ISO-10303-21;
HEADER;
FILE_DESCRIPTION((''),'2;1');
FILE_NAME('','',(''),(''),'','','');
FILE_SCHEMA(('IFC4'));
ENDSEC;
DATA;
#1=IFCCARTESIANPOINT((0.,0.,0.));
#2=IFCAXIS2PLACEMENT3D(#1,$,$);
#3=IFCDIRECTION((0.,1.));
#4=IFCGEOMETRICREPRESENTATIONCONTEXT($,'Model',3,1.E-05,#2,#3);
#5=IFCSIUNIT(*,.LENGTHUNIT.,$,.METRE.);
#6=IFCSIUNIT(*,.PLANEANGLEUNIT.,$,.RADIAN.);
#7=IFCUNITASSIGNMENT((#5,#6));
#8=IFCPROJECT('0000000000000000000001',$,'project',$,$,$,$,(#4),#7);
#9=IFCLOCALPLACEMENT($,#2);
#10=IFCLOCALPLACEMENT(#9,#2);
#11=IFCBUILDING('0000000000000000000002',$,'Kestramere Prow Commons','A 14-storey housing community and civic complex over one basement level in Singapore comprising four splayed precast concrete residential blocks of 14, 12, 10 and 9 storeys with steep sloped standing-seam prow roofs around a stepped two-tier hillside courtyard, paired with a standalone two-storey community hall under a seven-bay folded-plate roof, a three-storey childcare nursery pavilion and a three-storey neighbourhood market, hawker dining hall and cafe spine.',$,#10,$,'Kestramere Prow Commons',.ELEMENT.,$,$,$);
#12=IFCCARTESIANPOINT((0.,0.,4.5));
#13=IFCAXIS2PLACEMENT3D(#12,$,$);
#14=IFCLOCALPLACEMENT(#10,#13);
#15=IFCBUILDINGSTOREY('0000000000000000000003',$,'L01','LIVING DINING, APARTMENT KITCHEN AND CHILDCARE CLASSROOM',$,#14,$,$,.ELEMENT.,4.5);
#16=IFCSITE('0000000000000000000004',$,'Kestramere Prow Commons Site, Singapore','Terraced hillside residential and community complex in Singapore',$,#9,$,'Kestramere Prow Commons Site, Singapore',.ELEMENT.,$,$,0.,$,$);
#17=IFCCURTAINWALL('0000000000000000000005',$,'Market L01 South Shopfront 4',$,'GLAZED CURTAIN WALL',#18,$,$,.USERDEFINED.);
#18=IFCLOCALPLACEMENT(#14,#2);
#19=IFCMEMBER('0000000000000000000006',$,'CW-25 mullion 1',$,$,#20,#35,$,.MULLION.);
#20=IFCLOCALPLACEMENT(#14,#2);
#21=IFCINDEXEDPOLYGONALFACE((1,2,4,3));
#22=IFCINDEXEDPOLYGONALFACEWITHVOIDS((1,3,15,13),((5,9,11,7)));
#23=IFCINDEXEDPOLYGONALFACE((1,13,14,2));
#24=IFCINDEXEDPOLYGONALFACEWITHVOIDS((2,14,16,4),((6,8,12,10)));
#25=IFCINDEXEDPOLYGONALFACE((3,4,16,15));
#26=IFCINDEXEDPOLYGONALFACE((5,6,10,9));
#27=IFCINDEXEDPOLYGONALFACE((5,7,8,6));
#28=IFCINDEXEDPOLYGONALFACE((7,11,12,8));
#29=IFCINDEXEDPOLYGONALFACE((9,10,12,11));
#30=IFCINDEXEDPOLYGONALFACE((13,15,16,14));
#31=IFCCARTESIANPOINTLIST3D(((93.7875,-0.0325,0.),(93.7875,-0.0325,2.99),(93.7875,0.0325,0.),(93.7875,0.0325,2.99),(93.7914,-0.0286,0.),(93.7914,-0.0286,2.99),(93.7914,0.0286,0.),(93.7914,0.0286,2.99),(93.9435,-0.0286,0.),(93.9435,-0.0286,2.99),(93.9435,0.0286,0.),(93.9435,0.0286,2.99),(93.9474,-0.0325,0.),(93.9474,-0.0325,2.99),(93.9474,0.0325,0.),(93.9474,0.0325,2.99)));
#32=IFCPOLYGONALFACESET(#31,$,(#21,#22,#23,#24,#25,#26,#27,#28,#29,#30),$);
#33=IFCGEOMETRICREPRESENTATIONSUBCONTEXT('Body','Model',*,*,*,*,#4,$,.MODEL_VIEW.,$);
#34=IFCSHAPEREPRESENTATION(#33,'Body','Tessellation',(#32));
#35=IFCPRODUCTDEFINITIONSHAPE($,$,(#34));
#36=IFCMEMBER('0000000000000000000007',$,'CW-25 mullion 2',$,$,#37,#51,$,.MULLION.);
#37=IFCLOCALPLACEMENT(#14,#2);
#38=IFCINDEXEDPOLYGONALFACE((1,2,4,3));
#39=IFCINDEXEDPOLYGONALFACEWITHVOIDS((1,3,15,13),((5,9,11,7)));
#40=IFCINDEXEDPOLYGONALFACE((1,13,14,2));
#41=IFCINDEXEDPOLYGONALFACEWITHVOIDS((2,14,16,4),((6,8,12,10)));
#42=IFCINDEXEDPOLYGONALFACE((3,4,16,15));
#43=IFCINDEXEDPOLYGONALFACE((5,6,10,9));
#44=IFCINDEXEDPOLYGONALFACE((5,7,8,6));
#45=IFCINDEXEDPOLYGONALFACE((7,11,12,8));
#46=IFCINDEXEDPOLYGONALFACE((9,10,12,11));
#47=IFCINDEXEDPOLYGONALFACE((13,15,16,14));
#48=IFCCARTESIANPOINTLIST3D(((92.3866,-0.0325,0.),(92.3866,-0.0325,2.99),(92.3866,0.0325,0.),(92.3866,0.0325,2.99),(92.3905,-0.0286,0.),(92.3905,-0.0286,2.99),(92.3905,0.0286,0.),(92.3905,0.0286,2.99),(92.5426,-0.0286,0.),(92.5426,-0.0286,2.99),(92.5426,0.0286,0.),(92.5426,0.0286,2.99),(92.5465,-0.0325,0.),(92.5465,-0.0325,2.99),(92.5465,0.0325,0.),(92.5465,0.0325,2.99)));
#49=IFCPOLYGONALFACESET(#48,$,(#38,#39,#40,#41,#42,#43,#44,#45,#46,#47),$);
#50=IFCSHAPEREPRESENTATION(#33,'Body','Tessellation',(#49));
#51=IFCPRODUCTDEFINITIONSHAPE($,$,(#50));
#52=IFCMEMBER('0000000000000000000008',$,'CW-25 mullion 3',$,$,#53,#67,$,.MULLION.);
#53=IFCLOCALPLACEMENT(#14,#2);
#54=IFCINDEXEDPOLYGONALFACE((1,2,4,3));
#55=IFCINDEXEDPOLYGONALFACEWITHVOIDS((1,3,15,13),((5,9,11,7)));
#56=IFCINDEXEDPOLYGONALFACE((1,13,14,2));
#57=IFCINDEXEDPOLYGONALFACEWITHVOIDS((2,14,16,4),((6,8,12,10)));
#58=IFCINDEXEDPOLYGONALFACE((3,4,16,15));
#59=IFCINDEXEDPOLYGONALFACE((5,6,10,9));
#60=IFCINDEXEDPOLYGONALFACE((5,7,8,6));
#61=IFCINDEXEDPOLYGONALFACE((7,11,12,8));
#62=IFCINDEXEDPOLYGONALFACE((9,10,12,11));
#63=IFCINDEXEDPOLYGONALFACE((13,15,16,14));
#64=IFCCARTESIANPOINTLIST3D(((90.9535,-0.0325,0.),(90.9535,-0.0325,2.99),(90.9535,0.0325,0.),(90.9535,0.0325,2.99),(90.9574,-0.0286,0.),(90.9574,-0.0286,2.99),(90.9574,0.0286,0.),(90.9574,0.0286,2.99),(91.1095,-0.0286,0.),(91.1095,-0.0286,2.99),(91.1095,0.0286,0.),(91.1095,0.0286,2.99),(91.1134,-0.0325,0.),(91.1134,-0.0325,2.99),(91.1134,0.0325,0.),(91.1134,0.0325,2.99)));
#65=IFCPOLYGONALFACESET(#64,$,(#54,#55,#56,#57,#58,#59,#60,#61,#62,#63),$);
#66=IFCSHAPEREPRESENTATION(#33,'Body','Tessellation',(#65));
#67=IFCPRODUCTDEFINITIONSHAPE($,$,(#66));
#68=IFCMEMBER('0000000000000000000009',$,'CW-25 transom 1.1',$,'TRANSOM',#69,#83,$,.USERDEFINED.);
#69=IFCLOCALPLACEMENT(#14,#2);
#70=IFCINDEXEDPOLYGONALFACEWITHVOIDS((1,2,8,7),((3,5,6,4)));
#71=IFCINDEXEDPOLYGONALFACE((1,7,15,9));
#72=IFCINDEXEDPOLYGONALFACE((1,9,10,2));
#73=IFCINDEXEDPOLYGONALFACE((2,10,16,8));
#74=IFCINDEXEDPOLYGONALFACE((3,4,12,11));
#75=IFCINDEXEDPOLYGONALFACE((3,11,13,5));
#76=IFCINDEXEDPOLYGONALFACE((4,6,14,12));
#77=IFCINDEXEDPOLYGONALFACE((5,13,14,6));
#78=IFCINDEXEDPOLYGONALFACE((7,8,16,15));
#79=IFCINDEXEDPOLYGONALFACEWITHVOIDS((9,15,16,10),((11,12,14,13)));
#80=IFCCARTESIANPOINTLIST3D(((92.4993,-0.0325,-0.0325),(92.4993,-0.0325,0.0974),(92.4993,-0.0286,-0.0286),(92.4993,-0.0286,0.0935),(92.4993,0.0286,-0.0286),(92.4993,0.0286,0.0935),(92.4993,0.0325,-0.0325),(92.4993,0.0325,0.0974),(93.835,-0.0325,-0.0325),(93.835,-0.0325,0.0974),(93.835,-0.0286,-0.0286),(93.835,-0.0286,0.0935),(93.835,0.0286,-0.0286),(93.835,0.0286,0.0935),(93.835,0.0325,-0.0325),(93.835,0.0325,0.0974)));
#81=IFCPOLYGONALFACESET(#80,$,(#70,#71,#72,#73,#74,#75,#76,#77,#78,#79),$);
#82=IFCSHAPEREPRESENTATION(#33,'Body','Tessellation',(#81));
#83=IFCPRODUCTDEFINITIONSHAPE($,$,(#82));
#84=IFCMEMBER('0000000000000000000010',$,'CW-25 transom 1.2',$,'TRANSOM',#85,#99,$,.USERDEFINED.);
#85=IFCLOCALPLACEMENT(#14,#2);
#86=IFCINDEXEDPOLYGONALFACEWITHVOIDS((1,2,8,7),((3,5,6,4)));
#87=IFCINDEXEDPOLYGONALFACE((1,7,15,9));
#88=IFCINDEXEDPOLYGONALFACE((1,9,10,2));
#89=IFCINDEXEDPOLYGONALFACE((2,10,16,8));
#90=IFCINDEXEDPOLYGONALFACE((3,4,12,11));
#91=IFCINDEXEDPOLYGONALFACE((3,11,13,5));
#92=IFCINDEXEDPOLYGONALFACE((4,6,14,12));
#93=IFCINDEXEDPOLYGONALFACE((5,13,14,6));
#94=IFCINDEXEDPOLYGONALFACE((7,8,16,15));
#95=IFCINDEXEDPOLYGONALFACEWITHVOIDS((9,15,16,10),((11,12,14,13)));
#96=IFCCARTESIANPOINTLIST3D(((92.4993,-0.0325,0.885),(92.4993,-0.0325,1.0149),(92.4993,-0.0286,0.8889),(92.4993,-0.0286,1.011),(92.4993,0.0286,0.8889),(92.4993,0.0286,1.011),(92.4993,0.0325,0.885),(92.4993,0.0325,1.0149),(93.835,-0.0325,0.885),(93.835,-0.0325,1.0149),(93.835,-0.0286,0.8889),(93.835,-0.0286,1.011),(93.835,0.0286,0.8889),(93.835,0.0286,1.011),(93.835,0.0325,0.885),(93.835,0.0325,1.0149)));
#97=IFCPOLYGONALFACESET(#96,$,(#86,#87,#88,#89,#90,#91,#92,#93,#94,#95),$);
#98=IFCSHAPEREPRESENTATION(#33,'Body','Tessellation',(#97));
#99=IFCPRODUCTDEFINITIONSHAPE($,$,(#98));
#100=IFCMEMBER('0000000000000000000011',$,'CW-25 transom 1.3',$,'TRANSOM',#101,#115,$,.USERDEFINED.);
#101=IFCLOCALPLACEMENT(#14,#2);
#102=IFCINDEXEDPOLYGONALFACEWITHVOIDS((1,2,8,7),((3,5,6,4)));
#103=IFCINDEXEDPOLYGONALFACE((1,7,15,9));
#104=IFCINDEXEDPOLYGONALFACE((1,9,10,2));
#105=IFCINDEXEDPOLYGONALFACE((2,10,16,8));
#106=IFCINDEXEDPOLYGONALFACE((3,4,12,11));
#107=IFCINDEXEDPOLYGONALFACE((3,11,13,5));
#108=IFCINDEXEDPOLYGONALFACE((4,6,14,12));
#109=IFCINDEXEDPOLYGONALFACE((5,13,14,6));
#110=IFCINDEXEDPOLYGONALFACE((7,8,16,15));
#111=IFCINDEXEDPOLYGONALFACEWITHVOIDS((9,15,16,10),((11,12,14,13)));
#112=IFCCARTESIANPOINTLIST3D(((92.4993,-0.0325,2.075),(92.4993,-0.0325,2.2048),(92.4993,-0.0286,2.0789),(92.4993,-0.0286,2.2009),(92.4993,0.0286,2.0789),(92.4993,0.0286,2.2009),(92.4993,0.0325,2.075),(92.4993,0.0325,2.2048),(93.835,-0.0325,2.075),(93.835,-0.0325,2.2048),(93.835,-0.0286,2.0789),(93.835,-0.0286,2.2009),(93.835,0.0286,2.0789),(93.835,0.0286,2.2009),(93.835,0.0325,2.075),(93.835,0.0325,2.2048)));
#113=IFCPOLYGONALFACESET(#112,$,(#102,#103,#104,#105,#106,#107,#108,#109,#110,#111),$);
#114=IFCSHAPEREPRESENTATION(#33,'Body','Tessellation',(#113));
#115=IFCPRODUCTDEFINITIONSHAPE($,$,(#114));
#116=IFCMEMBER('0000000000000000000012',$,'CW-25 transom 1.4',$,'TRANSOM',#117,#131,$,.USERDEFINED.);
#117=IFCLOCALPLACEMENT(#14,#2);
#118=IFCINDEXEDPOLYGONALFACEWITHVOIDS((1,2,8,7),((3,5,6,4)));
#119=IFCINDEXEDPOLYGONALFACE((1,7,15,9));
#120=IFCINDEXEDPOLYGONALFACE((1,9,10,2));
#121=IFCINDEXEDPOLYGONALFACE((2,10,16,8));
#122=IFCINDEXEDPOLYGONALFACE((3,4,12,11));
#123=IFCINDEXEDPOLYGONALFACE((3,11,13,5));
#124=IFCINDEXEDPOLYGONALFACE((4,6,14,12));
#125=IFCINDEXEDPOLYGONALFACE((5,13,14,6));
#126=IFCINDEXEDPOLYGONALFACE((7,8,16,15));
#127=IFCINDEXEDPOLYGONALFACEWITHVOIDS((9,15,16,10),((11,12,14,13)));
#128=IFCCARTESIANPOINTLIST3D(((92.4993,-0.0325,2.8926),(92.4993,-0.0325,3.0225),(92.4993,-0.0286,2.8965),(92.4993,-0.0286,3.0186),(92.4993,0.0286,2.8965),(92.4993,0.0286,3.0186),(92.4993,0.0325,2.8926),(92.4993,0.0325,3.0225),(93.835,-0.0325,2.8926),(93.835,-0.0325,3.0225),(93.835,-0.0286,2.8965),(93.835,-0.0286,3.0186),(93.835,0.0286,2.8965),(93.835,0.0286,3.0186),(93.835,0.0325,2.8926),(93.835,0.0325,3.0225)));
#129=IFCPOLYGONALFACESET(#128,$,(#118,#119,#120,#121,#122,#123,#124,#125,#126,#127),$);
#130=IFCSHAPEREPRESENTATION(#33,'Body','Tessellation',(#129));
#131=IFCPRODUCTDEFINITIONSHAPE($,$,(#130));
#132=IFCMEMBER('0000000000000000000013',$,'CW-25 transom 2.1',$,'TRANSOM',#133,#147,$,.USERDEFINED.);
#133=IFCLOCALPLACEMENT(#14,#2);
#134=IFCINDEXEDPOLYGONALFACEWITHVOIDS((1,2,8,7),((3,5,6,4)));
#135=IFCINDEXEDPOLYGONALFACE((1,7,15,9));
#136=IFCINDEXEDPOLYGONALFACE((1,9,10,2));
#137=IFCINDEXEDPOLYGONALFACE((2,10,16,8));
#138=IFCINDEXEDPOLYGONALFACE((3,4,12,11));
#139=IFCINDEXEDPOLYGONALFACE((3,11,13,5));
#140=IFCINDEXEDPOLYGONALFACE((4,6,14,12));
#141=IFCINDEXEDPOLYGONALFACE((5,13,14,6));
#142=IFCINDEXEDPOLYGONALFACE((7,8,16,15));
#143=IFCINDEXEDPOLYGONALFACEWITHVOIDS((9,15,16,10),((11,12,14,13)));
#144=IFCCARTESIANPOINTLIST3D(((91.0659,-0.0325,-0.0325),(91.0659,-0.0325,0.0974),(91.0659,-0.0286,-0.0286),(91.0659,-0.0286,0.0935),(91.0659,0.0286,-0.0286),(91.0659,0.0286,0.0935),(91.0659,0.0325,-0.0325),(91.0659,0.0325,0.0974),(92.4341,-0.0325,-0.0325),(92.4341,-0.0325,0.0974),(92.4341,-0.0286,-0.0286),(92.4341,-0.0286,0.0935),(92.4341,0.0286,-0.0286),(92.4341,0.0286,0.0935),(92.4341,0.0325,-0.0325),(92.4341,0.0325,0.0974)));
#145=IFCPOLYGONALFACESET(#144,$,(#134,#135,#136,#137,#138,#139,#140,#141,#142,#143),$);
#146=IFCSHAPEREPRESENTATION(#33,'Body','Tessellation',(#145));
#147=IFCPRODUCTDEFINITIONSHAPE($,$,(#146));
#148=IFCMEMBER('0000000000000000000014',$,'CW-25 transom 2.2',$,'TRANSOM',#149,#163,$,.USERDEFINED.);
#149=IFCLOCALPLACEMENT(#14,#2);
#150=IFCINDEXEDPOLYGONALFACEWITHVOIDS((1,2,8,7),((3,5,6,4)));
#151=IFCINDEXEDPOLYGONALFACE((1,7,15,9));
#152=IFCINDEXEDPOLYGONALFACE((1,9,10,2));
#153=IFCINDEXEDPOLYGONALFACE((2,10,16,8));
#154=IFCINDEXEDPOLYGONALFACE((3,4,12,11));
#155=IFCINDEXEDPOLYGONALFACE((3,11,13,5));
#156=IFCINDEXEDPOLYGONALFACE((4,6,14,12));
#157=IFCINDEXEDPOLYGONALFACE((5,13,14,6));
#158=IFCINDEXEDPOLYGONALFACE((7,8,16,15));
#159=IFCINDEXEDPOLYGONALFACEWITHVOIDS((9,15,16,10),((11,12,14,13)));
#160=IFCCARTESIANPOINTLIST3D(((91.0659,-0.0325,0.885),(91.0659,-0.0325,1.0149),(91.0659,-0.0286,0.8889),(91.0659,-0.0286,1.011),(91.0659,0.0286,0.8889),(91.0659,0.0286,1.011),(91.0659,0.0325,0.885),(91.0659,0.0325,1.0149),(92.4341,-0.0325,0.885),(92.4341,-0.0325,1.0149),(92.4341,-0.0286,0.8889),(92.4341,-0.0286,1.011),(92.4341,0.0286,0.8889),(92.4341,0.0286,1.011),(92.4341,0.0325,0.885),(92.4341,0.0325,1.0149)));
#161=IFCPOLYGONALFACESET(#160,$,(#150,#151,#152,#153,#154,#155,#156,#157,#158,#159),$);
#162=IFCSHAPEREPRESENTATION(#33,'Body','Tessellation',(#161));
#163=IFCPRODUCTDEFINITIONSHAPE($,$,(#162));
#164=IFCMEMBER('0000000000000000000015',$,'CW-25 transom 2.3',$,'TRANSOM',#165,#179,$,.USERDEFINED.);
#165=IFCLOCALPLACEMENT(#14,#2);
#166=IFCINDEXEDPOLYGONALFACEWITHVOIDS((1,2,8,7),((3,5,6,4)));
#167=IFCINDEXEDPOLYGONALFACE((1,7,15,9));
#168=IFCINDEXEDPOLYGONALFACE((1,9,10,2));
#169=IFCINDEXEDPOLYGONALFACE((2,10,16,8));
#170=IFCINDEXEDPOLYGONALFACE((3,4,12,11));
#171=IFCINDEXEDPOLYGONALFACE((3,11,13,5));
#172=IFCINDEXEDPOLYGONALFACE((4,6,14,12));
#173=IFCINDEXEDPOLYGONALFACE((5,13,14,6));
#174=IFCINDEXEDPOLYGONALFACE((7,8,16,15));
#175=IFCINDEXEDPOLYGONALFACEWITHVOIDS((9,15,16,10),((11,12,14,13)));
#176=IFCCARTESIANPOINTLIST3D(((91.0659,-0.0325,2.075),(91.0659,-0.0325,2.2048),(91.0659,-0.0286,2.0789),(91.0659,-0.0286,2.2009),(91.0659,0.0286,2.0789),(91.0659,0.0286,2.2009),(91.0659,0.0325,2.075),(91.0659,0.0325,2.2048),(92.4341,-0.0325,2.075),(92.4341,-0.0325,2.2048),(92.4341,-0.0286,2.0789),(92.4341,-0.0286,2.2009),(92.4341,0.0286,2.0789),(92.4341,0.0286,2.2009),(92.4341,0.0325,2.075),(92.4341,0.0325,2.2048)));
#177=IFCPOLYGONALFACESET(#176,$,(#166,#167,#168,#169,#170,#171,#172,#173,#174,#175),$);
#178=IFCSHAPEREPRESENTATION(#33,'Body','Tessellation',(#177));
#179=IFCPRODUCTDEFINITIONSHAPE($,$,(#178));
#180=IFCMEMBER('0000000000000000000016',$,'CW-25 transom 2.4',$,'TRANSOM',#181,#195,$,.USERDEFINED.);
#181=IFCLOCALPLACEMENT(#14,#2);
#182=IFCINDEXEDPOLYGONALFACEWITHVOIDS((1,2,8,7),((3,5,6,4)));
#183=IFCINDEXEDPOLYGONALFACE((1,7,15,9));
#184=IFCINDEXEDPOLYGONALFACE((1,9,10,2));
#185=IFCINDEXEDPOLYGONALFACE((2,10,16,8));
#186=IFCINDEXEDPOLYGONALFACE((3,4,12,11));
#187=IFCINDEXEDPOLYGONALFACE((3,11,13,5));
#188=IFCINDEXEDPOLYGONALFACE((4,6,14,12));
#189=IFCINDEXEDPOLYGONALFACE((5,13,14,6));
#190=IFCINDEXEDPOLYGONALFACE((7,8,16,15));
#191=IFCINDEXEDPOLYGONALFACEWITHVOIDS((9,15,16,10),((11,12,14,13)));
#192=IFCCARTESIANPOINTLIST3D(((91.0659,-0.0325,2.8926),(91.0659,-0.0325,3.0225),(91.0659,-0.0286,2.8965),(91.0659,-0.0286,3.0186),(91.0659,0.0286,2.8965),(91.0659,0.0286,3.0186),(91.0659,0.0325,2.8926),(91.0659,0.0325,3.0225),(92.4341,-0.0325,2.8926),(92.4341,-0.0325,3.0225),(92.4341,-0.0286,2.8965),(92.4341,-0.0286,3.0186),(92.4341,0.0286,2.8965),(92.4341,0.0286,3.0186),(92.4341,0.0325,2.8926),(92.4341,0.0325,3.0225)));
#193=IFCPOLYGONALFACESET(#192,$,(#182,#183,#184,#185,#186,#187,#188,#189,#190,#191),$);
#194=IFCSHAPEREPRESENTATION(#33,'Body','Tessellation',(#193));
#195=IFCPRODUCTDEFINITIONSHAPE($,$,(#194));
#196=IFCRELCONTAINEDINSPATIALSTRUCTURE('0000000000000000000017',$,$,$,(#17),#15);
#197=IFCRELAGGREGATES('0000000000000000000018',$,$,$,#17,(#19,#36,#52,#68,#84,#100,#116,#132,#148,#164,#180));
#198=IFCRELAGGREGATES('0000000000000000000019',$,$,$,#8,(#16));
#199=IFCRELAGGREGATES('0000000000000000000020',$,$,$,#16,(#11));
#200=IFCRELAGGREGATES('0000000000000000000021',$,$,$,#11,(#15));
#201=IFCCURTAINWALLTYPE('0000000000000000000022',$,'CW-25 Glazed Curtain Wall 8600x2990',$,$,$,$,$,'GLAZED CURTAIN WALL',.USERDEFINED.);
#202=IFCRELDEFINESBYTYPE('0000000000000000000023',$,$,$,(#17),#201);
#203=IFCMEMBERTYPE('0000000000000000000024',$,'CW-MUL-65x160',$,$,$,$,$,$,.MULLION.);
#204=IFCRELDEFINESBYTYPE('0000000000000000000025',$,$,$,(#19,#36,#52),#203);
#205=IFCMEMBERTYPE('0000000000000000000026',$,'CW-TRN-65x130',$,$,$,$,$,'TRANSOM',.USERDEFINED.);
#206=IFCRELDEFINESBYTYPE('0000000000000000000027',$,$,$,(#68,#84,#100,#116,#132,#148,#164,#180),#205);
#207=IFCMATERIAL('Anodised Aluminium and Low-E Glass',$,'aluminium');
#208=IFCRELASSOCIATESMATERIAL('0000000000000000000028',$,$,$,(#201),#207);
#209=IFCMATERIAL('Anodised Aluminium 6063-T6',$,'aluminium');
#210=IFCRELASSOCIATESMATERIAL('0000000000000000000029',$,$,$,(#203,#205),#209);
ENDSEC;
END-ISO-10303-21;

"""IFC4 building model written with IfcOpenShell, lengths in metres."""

from ifc_helpers import new_model, si_unit, direction, frame, origin, origin_2d, place, context, subcontext, project, spatial, hollow_rectangle, extrude, material, material_profile, profile_set, type_object, element, aggregate, save


model = new_model("IFC4")

# Units and contexts
model_context = context("Model", 3, precision=1e-05, world=origin(), true_north=direction((0.0, 1.0)))
body_context = subcontext(model_context, "Body", "Model", "MODEL_VIEW")
ifc_project = project(units=[si_unit("LENGTHUNIT", "METRE"), si_unit("PLANEANGLEUNIT", "RADIAN")], contexts=[model_context])

# Site, building, storey
site_placement = place(None, origin())
site = spatial("IfcSite", under=ifc_project, at=site_placement, Name="Kestramere Prow Commons Site, Singapore", Description="Terraced hillside residential and community complex in Singapore", LongName="Kestramere Prow Commons Site, Singapore", CompositionType="ELEMENT", RefElevation=0.0)
building_placement = place(site_placement, origin())
building = spatial("IfcBuilding", under=site, at=building_placement, Name="Kestramere Prow Commons", Description="A 14-storey housing community and civic complex over one basement level in Singapore comprising four splayed precast concrete residential blocks of 14, 12, 10 and 9 storeys with steep sloped standing-seam prow roofs around a stepped two-tier hillside courtyard, paired with a standalone two-storey community hall under a seven-bay folded-plate roof, a three-storey childcare nursery pavilion and a three-storey neighbourhood market, hawker dining hall and cafe spine.", LongName="Kestramere Prow Commons", CompositionType="ELEMENT")
storey_placement = place(building_placement, frame((0.0, 0.0, 4.5)))
storey = spatial("IfcBuildingStorey", under=building, at=storey_placement, Name="L01", Description="LIVING DINING, APARTMENT KITCHEN AND CHILDCARE CLASSROOM", CompositionType="ELEMENT", Elevation=4.5)

# Curtain wall, members
ifc_material_1 = material(Name="Anodised Aluminium and Low-E Glass", Category="aluminium")
curtain_wall_type = type_object("IfcCurtainWallType", Name="CW-25 Glazed Curtain Wall 8600x2990", ElementType="GLAZED CURTAIN WALL", PredefinedType="USERDEFINED", material=ifc_material_1)
curtain_wall_placement = place(storey_placement, origin())
curtain_wall = element("IfcCurtainWall", 1, at=curtain_wall_placement, inside=storey, type_object=curtain_wall_type, Name="Market L01 South Shopfront 4", ObjectType="GLAZED CURTAIN WALL", PredefinedType="USERDEFINED")
ifc_material_2 = material(Name="Anodised Aluminium 6063-T6", Category="aluminium")
ifc_material_profile_1 = material_profile(ifc_material_2, hollow_rectangle(XDim=0.0649, YDim=0.1599, WallThickness=0.0039, at=origin_2d()), Name="ALU-MUL 65x160")
ifc_profile_set_1 = profile_set([ifc_material_profile_1], Name="Anodised Aluminium 6063-T6")
member_type_1 = type_object("IfcMemberType", Name="CW-MUL-65x160", PredefinedType="MULLION", material=ifc_profile_set_1)
member_1_placement = place(storey_placement, frame((93.8674, 0.0, 0.0), z_axis=(0.0, 0.0, 1.0), x_axis=(0.0, -1.0, 0.0)))
member_1 = element("IfcMember", 2, at=member_1_placement, type_object=member_type_1, Name="CW-25 mullion 1", PredefinedType="MULLION", context=body_context, shape_type="SweptSolid", body=[
    extrude(hollow_rectangle(XDim=0.0649, YDim=0.1599, WallThickness=0.0039, at=origin_2d()), origin(), (0.0, 0.0, 1.0), 2.99),
])
member_2_placement = place(storey_placement, frame((92.4666, 0.0, 0.0), z_axis=(0.0, 0.0, 1.0), x_axis=(0.0, -1.0, 0.0)))
member_2 = element("IfcMember", 3, at=member_2_placement, type_object=member_type_1, Name="CW-25 mullion 2", PredefinedType="MULLION", context=body_context, shape_type="SweptSolid", body=[
    extrude(hollow_rectangle(XDim=0.0649, YDim=0.1599, WallThickness=0.0039, at=origin_2d()), origin(), (0.0, 0.0, 1.0), 2.99),
])
member_3_placement = place(storey_placement, frame((91.0334, 0.0, 0.0), z_axis=(0.0, 0.0, 1.0), x_axis=(0.0, -1.0, 0.0)))
member_3 = element("IfcMember", 4, at=member_3_placement, type_object=member_type_1, Name="CW-25 mullion 3", PredefinedType="MULLION", context=body_context, shape_type="SweptSolid", body=[
    extrude(hollow_rectangle(XDim=0.0649, YDim=0.1599, WallThickness=0.0039, at=origin_2d()), origin(), (0.0, 0.0, 1.0), 2.99),
])
ifc_material_profile_2 = material_profile(ifc_material_2, hollow_rectangle(XDim=0.0649, YDim=0.1299, WallThickness=0.0039, at=origin_2d()), Name="ALU-TRN 65x130")
ifc_profile_set_2 = profile_set([ifc_material_profile_2], Name="Anodised Aluminium 6063-T6")
member_type_2 = type_object("IfcMemberType", Name="CW-TRN-65x130", ElementType="TRANSOM", PredefinedType="USERDEFINED", material=ifc_profile_set_2)
member_4_placement = place(storey_placement, frame((93.835, 0.0, 0.0325), z_axis=(-1.0, 0.0, 0.0), x_axis=(0.0, -1.0, 0.0)))
member_4 = element("IfcMember", 5, at=member_4_placement, type_object=member_type_2, Name="CW-25 transom 1.1", ObjectType="TRANSOM", PredefinedType="USERDEFINED", context=body_context, shape_type="SweptSolid", body=[
    extrude(hollow_rectangle(XDim=0.0649, YDim=0.1299, WallThickness=0.0039, at=origin_2d()), origin(), (0.0, 0.0, 1.0), 1.3357),
])
member_5_placement = place(storey_placement, frame((93.835, 0.0, 0.95), z_axis=(-1.0, 0.0, 0.0), x_axis=(0.0, -1.0, 0.0)))
member_5 = element("IfcMember", 6, at=member_5_placement, type_object=member_type_2, Name="CW-25 transom 1.2", ObjectType="TRANSOM", PredefinedType="USERDEFINED", context=body_context, shape_type="SweptSolid", body=[
    extrude(hollow_rectangle(XDim=0.0649, YDim=0.1299, WallThickness=0.0039, at=origin_2d()), origin(), (0.0, 0.0, 1.0), 1.3357),
])
member_6_placement = place(storey_placement, frame((93.835, 0.0, 2.1399), z_axis=(-1.0, 0.0, 0.0), x_axis=(0.0, -1.0, 0.0)))
member_6 = element("IfcMember", 7, at=member_6_placement, type_object=member_type_2, Name="CW-25 transom 1.3", ObjectType="TRANSOM", PredefinedType="USERDEFINED", context=body_context, shape_type="SweptSolid", body=[
    extrude(hollow_rectangle(XDim=0.0649, YDim=0.1299, WallThickness=0.0039, at=origin_2d()), origin(), (0.0, 0.0, 1.0), 1.3357),
])
member_7_placement = place(storey_placement, frame((93.835, 0.0, 2.9575), z_axis=(-1.0, 0.0, 0.0), x_axis=(0.0, -1.0, 0.0)))
member_7 = element("IfcMember", 8, at=member_7_placement, type_object=member_type_2, Name="CW-25 transom 1.4", ObjectType="TRANSOM", PredefinedType="USERDEFINED", context=body_context, shape_type="SweptSolid", body=[
    extrude(hollow_rectangle(XDim=0.0649, YDim=0.1299, WallThickness=0.0039, at=origin_2d()), origin(), (0.0, 0.0, 1.0), 1.3357),
])
member_8_placement = place(storey_placement, frame((92.4341, 0.0, 0.0325), z_axis=(-1.0, 0.0, 0.0), x_axis=(0.0, -1.0, 0.0)))
member_8 = element("IfcMember", 9, at=member_8_placement, type_object=member_type_2, Name="CW-25 transom 2.1", ObjectType="TRANSOM", PredefinedType="USERDEFINED", context=body_context, shape_type="SweptSolid", body=[
    extrude(hollow_rectangle(XDim=0.0649, YDim=0.1299, WallThickness=0.0039, at=origin_2d()), origin(), (0.0, 0.0, 1.0), 1.3682),
])
member_9_placement = place(storey_placement, frame((92.4341, 0.0, 0.95), z_axis=(-1.0, 0.0, 0.0), x_axis=(0.0, -1.0, 0.0)))
member_9 = element("IfcMember", 10, at=member_9_placement, type_object=member_type_2, Name="CW-25 transom 2.2", ObjectType="TRANSOM", PredefinedType="USERDEFINED", context=body_context, shape_type="SweptSolid", body=[
    extrude(hollow_rectangle(XDim=0.0649, YDim=0.1299, WallThickness=0.0039, at=origin_2d()), origin(), (0.0, 0.0, 1.0), 1.3682),
])
member_10_placement = place(storey_placement, frame((92.4341, 0.0, 2.1399), z_axis=(-1.0, 0.0, 0.0), x_axis=(0.0, -1.0, 0.0)))
member_10 = element("IfcMember", 11, at=member_10_placement, type_object=member_type_2, Name="CW-25 transom 2.3", ObjectType="TRANSOM", PredefinedType="USERDEFINED", context=body_context, shape_type="SweptSolid", body=[
    extrude(hollow_rectangle(XDim=0.0649, YDim=0.1299, WallThickness=0.0039, at=origin_2d()), origin(), (0.0, 0.0, 1.0), 1.3682),
])
member_11_placement = place(storey_placement, frame((92.4341, 0.0, 2.9575), z_axis=(-1.0, 0.0, 0.0), x_axis=(0.0, -1.0, 0.0)))
member_11 = element("IfcMember", 12, at=member_11_placement, type_object=member_type_2, Name="CW-25 transom 2.4", ObjectType="TRANSOM", PredefinedType="USERDEFINED", context=body_context, shape_type="SweptSolid", body=[
    extrude(hollow_rectangle(XDim=0.0649, YDim=0.1299, WallThickness=0.0039, at=origin_2d()), origin(), (0.0, 0.0, 1.0), 1.3682),
])
aggregate(curtain_wall, [member_1, member_2, member_3, member_4, member_5, member_6, member_7, member_8, member_9, member_10, member_11])

save(model, "model.ifc")
